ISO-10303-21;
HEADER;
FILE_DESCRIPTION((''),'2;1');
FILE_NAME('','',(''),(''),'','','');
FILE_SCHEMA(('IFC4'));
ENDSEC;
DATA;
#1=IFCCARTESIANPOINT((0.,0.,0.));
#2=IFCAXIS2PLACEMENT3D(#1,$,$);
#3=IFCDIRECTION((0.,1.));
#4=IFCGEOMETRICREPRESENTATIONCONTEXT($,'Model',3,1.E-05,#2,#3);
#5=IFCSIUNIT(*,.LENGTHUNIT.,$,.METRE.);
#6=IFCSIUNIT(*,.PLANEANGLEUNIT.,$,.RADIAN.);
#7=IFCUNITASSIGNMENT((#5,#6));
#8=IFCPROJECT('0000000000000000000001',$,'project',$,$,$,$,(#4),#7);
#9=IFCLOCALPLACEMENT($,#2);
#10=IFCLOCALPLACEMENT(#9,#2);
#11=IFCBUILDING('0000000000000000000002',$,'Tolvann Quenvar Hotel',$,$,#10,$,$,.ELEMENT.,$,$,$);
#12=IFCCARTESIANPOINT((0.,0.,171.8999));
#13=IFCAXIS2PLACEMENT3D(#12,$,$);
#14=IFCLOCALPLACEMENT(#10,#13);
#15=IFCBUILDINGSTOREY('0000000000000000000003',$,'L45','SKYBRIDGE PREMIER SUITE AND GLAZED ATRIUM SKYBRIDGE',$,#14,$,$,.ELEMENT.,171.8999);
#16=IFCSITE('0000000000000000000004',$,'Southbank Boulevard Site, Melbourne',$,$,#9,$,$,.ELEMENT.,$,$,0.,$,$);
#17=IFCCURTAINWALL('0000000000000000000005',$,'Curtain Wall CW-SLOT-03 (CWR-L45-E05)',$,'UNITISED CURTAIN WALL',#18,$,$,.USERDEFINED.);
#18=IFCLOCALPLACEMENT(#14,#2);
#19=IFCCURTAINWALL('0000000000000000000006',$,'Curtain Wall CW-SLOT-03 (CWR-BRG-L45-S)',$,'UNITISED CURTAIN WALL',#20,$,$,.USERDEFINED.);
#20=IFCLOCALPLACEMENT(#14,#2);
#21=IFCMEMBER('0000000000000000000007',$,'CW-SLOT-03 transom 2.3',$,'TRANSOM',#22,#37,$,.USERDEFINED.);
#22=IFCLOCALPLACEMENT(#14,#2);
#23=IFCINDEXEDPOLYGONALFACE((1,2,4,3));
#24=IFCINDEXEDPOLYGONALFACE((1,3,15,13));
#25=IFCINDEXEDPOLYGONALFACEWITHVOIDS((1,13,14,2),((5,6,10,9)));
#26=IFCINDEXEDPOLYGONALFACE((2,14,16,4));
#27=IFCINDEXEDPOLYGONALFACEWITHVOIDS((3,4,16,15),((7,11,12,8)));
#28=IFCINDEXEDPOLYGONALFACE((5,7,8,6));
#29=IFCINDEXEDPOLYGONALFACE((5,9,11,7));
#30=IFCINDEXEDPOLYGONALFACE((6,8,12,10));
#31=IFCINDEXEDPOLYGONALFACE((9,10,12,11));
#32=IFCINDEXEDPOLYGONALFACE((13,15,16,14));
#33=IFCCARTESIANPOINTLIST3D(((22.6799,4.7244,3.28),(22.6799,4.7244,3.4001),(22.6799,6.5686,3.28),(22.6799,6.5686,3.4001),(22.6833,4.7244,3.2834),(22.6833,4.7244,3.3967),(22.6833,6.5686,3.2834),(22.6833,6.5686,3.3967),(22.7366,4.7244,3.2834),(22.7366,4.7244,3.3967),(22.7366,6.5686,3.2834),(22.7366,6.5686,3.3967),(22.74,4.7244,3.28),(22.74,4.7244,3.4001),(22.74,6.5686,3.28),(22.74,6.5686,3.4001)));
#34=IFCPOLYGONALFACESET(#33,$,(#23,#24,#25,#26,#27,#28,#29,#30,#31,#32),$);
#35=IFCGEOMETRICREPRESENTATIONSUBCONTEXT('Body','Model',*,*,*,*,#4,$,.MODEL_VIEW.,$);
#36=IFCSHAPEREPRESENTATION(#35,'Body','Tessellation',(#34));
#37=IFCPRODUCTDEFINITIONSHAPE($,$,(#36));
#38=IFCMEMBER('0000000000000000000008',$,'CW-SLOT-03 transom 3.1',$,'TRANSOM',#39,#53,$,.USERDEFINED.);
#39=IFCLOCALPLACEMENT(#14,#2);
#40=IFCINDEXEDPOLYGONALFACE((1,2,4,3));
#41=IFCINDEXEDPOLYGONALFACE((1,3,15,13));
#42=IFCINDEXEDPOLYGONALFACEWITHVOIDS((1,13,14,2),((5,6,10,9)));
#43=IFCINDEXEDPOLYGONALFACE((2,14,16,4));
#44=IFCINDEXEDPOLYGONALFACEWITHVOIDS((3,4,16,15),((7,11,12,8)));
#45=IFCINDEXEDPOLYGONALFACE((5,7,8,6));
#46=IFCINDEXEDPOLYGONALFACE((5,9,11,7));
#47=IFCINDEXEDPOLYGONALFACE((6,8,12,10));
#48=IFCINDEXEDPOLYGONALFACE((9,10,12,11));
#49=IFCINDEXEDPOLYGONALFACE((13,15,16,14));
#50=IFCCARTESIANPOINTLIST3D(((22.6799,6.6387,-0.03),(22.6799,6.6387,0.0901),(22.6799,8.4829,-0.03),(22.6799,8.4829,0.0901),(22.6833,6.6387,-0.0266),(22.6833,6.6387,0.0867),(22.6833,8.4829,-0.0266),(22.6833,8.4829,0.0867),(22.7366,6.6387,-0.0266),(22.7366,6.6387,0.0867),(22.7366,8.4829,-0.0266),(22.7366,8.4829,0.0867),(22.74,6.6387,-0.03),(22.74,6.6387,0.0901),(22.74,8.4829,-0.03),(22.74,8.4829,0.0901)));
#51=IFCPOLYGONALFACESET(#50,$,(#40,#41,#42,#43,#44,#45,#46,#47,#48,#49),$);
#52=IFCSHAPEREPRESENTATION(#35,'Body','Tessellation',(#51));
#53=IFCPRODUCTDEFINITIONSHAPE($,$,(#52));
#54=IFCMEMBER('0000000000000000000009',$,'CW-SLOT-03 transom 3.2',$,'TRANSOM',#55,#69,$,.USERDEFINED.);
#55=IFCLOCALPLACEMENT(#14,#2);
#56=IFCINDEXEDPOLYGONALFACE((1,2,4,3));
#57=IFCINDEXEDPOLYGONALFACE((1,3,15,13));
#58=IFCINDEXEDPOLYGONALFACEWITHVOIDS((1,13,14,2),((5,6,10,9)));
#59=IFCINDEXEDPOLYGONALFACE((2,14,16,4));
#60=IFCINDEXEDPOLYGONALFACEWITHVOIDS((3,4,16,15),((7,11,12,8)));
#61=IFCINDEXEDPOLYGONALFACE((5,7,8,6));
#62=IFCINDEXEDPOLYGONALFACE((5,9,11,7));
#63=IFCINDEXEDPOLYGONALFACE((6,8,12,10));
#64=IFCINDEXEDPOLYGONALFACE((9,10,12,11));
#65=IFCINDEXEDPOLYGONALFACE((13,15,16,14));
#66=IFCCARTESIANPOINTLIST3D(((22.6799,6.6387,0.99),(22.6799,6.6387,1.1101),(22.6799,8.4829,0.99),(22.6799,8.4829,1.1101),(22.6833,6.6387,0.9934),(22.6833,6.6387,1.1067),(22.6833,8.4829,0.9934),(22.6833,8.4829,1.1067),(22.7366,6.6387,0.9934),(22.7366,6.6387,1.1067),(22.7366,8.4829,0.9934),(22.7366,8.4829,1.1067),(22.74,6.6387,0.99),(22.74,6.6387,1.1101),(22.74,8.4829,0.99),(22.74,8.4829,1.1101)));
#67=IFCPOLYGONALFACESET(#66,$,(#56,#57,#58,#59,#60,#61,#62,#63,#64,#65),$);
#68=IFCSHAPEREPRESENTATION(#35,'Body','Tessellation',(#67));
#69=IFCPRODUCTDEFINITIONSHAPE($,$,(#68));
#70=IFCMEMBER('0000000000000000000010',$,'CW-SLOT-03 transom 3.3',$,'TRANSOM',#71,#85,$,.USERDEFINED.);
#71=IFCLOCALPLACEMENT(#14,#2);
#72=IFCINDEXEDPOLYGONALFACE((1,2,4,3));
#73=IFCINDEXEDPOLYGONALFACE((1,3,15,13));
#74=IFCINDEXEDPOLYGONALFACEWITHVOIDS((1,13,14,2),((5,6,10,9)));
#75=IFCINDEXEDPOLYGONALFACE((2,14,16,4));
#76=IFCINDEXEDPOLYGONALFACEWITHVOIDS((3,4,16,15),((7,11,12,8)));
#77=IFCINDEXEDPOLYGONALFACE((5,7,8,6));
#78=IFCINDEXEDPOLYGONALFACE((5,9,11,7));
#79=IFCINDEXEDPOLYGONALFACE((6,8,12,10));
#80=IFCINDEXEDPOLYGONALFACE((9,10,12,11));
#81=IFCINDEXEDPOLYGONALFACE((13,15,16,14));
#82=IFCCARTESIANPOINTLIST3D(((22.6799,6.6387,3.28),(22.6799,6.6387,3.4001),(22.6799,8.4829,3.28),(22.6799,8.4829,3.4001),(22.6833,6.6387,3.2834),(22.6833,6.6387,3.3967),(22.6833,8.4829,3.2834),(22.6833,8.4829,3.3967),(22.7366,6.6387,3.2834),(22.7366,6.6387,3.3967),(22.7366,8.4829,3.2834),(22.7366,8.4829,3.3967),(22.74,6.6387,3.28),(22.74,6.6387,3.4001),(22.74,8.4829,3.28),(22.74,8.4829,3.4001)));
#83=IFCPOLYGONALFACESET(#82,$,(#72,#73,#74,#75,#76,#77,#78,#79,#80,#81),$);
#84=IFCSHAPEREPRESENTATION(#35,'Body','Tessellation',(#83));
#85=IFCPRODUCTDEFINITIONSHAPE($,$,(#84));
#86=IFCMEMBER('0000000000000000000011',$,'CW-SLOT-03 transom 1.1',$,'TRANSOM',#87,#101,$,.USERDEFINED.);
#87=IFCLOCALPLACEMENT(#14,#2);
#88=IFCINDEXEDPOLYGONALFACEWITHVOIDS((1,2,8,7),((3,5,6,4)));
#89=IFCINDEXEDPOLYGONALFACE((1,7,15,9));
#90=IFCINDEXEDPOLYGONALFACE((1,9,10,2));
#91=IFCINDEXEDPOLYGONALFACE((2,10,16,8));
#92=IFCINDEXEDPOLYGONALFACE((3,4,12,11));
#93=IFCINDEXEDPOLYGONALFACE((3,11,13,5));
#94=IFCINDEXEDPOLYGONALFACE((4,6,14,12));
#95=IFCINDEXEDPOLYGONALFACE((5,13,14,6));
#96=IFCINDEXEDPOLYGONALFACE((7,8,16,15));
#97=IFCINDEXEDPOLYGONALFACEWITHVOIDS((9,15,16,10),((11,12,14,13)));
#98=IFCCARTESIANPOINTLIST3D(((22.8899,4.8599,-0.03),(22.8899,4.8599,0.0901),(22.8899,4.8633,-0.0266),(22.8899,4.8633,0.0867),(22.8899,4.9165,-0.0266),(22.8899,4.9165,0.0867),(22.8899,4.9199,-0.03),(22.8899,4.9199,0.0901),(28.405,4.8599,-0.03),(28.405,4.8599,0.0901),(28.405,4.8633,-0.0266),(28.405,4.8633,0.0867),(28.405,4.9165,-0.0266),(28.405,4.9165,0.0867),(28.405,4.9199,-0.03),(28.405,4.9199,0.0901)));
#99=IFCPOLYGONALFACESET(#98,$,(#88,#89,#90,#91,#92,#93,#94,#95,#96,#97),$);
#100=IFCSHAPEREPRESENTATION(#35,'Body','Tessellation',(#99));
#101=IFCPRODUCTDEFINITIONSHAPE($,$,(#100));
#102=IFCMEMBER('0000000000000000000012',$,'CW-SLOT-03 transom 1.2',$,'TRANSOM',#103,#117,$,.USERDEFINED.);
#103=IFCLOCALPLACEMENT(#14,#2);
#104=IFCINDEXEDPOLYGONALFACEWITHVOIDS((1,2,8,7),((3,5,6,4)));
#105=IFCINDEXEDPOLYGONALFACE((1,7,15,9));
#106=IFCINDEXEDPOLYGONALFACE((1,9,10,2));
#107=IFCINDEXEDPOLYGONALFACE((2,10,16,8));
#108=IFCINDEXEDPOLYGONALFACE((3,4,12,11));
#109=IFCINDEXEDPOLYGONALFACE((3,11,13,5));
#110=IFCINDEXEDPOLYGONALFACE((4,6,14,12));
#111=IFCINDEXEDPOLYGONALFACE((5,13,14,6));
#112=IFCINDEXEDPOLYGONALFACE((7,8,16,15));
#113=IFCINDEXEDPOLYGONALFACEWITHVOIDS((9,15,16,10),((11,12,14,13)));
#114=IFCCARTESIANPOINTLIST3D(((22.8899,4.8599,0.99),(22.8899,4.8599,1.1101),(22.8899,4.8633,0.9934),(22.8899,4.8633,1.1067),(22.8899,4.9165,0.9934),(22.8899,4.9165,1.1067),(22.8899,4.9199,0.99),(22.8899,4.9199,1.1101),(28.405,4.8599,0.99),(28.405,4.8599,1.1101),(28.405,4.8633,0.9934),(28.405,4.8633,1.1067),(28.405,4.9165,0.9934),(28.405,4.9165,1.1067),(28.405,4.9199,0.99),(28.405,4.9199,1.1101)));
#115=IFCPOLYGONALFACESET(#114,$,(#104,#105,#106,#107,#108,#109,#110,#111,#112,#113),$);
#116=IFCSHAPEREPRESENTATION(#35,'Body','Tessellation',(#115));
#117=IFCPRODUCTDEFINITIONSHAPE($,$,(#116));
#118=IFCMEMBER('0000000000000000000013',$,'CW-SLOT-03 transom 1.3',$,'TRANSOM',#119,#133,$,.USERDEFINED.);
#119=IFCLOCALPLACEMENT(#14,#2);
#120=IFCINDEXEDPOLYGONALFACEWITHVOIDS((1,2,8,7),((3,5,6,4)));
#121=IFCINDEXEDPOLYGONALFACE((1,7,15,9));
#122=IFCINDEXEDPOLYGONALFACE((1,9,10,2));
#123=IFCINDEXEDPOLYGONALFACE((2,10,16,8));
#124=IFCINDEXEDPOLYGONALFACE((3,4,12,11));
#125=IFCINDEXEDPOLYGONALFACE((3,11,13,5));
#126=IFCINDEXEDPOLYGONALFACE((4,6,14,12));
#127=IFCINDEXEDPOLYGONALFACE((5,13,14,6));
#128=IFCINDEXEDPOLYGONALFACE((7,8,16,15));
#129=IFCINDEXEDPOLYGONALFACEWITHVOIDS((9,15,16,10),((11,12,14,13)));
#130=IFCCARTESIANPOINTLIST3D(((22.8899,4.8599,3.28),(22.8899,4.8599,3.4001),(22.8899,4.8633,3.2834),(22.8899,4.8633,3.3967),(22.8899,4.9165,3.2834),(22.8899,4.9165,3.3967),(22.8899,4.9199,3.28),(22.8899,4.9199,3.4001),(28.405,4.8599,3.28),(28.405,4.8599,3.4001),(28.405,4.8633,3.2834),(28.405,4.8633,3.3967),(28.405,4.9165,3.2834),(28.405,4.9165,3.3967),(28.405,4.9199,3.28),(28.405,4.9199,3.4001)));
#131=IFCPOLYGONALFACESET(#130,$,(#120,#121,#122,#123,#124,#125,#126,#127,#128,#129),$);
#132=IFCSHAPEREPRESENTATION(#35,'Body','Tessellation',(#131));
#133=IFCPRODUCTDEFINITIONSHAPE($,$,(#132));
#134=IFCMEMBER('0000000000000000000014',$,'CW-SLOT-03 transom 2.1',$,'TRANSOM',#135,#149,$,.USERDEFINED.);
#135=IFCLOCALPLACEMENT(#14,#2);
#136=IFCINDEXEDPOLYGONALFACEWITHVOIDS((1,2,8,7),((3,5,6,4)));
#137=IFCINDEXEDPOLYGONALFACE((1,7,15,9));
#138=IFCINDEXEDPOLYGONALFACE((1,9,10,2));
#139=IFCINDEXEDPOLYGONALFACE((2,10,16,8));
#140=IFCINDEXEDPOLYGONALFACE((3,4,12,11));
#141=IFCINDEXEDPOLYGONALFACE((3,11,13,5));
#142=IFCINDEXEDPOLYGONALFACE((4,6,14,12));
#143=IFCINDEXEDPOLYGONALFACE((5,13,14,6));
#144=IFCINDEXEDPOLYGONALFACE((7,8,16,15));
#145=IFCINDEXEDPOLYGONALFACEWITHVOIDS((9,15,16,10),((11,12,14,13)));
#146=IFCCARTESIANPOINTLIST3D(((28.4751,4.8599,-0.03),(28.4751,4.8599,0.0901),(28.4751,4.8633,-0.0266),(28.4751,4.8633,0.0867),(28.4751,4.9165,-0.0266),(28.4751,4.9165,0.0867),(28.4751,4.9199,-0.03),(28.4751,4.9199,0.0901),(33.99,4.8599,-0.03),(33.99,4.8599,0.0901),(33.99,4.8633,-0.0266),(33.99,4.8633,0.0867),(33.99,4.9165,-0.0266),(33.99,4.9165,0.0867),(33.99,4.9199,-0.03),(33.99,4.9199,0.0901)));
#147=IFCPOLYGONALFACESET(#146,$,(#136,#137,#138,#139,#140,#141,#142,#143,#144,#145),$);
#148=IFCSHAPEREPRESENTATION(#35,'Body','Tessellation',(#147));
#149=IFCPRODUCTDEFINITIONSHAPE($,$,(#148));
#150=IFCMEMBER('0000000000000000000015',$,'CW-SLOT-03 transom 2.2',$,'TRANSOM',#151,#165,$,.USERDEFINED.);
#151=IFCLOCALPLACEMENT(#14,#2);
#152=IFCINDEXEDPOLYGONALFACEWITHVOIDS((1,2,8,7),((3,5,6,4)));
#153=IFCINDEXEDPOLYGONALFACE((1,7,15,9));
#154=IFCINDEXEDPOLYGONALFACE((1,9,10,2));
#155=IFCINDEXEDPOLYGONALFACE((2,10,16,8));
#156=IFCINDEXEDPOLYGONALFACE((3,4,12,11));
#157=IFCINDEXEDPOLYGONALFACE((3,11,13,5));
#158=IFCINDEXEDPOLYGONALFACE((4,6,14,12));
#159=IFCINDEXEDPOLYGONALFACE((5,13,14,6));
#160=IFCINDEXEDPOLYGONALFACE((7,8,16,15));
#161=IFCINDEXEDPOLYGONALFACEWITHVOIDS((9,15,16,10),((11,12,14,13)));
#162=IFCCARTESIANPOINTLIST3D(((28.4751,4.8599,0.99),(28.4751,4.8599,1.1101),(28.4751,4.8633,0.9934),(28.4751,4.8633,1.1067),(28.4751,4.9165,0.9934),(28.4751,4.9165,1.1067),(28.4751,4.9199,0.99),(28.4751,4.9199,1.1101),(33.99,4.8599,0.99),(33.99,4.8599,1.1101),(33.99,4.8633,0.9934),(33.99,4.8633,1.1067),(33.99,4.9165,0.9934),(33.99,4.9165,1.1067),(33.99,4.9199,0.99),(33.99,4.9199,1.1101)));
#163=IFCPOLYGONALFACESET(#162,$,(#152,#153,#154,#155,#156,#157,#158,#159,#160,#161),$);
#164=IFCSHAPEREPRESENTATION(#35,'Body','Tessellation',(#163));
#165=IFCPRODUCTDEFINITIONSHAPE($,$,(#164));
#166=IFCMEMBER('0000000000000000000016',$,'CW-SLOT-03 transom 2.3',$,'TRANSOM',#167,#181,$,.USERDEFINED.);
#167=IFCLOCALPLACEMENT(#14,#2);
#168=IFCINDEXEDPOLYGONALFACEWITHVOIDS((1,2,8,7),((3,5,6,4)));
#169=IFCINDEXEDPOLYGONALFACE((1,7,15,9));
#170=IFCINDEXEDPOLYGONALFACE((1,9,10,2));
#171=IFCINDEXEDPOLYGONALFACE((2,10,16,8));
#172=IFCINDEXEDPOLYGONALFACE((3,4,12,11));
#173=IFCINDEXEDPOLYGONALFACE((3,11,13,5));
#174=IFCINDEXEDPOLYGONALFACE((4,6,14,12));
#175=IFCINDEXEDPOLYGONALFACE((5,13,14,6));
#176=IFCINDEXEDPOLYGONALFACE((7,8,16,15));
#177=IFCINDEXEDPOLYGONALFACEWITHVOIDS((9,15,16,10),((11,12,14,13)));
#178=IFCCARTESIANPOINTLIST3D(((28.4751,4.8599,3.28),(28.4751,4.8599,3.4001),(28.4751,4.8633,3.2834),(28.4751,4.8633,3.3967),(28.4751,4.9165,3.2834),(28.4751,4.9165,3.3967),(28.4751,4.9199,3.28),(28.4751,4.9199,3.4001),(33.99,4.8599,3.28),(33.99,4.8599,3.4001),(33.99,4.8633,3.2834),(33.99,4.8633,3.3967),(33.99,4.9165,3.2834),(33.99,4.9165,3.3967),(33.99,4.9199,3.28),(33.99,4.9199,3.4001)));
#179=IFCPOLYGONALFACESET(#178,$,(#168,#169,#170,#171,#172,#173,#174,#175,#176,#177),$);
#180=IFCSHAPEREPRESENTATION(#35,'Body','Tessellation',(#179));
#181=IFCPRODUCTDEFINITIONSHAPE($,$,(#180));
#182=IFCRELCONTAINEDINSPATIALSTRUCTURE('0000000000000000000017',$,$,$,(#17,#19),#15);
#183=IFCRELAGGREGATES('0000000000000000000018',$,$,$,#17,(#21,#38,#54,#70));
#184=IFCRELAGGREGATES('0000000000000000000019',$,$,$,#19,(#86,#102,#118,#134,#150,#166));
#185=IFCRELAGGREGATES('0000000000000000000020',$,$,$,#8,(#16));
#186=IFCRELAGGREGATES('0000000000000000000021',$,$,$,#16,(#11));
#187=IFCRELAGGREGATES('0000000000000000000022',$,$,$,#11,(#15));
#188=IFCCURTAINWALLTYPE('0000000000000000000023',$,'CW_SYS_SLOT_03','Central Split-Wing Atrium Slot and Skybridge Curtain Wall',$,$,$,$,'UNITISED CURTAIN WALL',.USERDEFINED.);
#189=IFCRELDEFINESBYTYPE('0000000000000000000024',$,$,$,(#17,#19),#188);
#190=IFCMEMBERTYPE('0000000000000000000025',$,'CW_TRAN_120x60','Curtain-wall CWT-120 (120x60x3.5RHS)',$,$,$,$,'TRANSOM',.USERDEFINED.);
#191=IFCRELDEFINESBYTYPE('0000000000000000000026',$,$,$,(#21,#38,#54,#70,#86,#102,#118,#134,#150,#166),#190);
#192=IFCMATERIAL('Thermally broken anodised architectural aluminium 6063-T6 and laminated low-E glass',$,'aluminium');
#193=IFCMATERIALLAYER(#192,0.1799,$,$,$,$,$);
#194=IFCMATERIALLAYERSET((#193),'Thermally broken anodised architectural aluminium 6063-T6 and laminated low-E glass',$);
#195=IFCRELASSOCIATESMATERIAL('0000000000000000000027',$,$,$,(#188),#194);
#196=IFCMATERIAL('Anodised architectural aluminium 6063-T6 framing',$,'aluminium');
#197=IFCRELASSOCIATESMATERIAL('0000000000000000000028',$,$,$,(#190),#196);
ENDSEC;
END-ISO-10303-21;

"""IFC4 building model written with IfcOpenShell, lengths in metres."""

from ifc_helpers import new_model, si_unit, direction, frame, origin, origin_2d, place, context, subcontext, project, spatial, hollow_rectangle, extrude, source, transform, mapped, material, layer, layer_set, material_profile, profile_set, type_object, element, aggregate, save


model = new_model("IFC4")

# Units and contexts
model_context = context("Model", 3, precision=1e-05, world=origin(), true_north=direction((0.0, 1.0)))
body_context = subcontext(model_context, "Body", "Model", "MODEL_VIEW")
ifc_project = project(units=[si_unit("LENGTHUNIT", "METRE"), si_unit("PLANEANGLEUNIT", "RADIAN")], contexts=[model_context])

# Site, building, storey
site_placement = place(None, origin())
site = spatial("IfcSite", under=ifc_project, at=site_placement, Name="Southbank Boulevard Site, Melbourne", CompositionType="ELEMENT", RefElevation=0.0)
building_placement = place(site_placement, origin())
building = spatial("IfcBuilding", under=site, at=building_placement, Name="Tolvann Quenvar Hotel", CompositionType="ELEMENT")
storey_placement = place(building_placement, frame((0.0, 0.0, 171.8999)))
storey = spatial("IfcBuildingStorey", under=building, at=storey_placement, Name="L45", Description="SKYBRIDGE PREMIER SUITE AND GLAZED ATRIUM SKYBRIDGE", CompositionType="ELEMENT", Elevation=171.8999)

# Curtain walls
ifc_material_1 = material(Name="Thermally broken anodised architectural aluminium 6063-T6 and laminated low-E glass", Category="aluminium")
ifc_layer_1 = layer(ifc_material_1, 0.1799)
ifc_layer_set_1 = layer_set([ifc_layer_1], Name="Thermally broken anodised architectural aluminium 6063-T6 and laminated low-E glass")
curtain_wall_type = type_object("IfcCurtainWallType", Name="CW_SYS_SLOT_03", Description="Central Split-Wing Atrium Slot and Skybridge Curtain Wall", ElementType="UNITISED CURTAIN WALL", PredefinedType="USERDEFINED", material=ifc_layer_set_1)
curtain_wall_1_placement = place(storey_placement, origin())
curtain_wall_1 = element("IfcCurtainWall", 1, at=curtain_wall_1_placement, inside=storey, type_object=curtain_wall_type, Name="Curtain Wall CW-SLOT-03 (CWR-L45-E05)", ObjectType="UNITISED CURTAIN WALL", PredefinedType="USERDEFINED")
ifc_material_2 = material(Name="Anodised architectural aluminium 6063-T6 framing", Category="aluminium")
curtain_wall_2_placement = place(storey_placement, origin())
curtain_wall_2 = element("IfcCurtainWall", 2, at=curtain_wall_2_placement, inside=storey, type_object=curtain_wall_type, Name="Curtain Wall CW-SLOT-03 (CWR-BRG-L45-S)", ObjectType="UNITISED CURTAIN WALL", PredefinedType="USERDEFINED")

# Members
ifc_material_profile_1 = material_profile(ifc_material_2, hollow_rectangle(XDim=0.0601, YDim=0.1201, WallThickness=0.0034, at=origin_2d()), Name="120x60x3.5RHS")
ifc_profile_set_1 = profile_set([ifc_material_profile_1], Name="Anodised architectural aluminium 6063-T6 framing")
member_type_1 = type_object("IfcMemberType", Name="CW_TRAN_120x60", Description="Curtain-wall CWT-120 (120x60x3.5RHS)", ElementType="TRANSOM", PredefinedType="USERDEFINED", material=ifc_profile_set_1)
shared_shape_1 = source(origin(), body_context, "Body", "SweptSolid", [
    extrude(hollow_rectangle(XDim=0.0601, YDim=0.1201, WallThickness=0.0034, at=origin_2d()), origin(), (0.0, 0.0, 1.0), 1.8442),
])
member_1_placement = place(storey_placement, frame((22.71, 4.7244, 3.3401), z_axis=(0.0, 1.0, 0.0), x_axis=(-1.0, 0.0, 0.0)))
member_1 = element("IfcMember", 3, at=member_1_placement, type_object=member_type_1, Name="CW-SLOT-03 transom 2.3", ObjectType="TRANSOM", PredefinedType="USERDEFINED", context=body_context, shape_type="MappedRepresentation", body=[
    mapped(shared_shape_1, transform((0.0, 0.0, 0.0), x_axis=(1.0, 0.0, 0.0), y_axis=(0.0, 1.0, 0.0), z_axis=(0.0, 0.0, 1.0), scale=1.0)),
])
member_2_placement = place(storey_placement, frame((22.71, 6.6387, 0.03), z_axis=(0.0, 1.0, 0.0), x_axis=(-1.0, 0.0, 0.0)))
member_2 = element("IfcMember", 4, at=member_2_placement, type_object=member_type_1, Name="CW-SLOT-03 transom 3.1", ObjectType="TRANSOM", PredefinedType="USERDEFINED", context=body_context, shape_type="MappedRepresentation", body=[
    mapped(shared_shape_1, transform((0.0, 0.0, 0.0), x_axis=(1.0, 0.0, 0.0), y_axis=(0.0, 1.0, 0.0), z_axis=(0.0, 0.0, 1.0), scale=1.0)),
])
member_3_placement = place(storey_placement, frame((22.71, 6.6387, 1.05), z_axis=(0.0, 1.0, 0.0), x_axis=(-1.0, 0.0, 0.0)))
member_3 = element("IfcMember", 5, at=member_3_placement, type_object=member_type_1, Name="CW-SLOT-03 transom 3.2", ObjectType="TRANSOM", PredefinedType="USERDEFINED", context=body_context, shape_type="MappedRepresentation", body=[
    mapped(shared_shape_1, transform((0.0, 0.0, 0.0), x_axis=(1.0, 0.0, 0.0), y_axis=(0.0, 1.0, 0.0), z_axis=(0.0, 0.0, 1.0), scale=1.0)),
])
member_4_placement = place(storey_placement, frame((22.71, 6.6387, 3.3401), z_axis=(0.0, 1.0, 0.0), x_axis=(-1.0, 0.0, 0.0)))
member_4 = element("IfcMember", 6, at=member_4_placement, type_object=member_type_1, Name="CW-SLOT-03 transom 3.3", ObjectType="TRANSOM", PredefinedType="USERDEFINED", context=body_context, shape_type="MappedRepresentation", body=[
    mapped(shared_shape_1, transform((0.0, 0.0, 0.0), x_axis=(1.0, 0.0, 0.0), y_axis=(0.0, 1.0, 0.0), z_axis=(0.0, 0.0, 1.0), scale=1.0)),
])
shared_shape_2 = source(origin(), body_context, "Body", "SweptSolid", [
    extrude(hollow_rectangle(XDim=0.0601, YDim=0.1201, WallThickness=0.0034, at=origin_2d()), origin(), (0.0, 0.0, 1.0), 5.5151),
])
member_5_placement = place(storey_placement, frame((22.8899, 4.8899, 0.03), z_axis=(1.0, 0.0, 0.0), x_axis=(0.0, 1.0, 0.0)))
member_5 = element("IfcMember", 7, at=member_5_placement, type_object=member_type_1, Name="CW-SLOT-03 transom 1.1", ObjectType="TRANSOM", PredefinedType="USERDEFINED", context=body_context, shape_type="MappedRepresentation", body=[
    mapped(shared_shape_2, transform((0.0, 0.0, 0.0), x_axis=(1.0, 0.0, 0.0), y_axis=(0.0, 1.0, 0.0), z_axis=(0.0, 0.0, 1.0), scale=1.0)),
])
member_6_placement = place(storey_placement, frame((22.8899, 4.8899, 1.05), z_axis=(1.0, 0.0, 0.0), x_axis=(0.0, 1.0, 0.0)))
member_6 = element("IfcMember", 8, at=member_6_placement, type_object=member_type_1, Name="CW-SLOT-03 transom 1.2", ObjectType="TRANSOM", PredefinedType="USERDEFINED", context=body_context, shape_type="MappedRepresentation", body=[
    mapped(shared_shape_2, transform((0.0, 0.0, 0.0), x_axis=(1.0, 0.0, 0.0), y_axis=(0.0, 1.0, 0.0), z_axis=(0.0, 0.0, 1.0), scale=1.0)),
])
member_7_placement = place(storey_placement, frame((22.8899, 4.8899, 3.3401), z_axis=(1.0, 0.0, 0.0), x_axis=(0.0, 1.0, 0.0)))
member_7 = element("IfcMember", 9, at=member_7_placement, type_object=member_type_1, Name="CW-SLOT-03 transom 1.3", ObjectType="TRANSOM", PredefinedType="USERDEFINED", context=body_context, shape_type="MappedRepresentation", body=[
    mapped(shared_shape_2, transform((0.0, 0.0, 0.0), x_axis=(1.0, 0.0, 0.0), y_axis=(0.0, 1.0, 0.0), z_axis=(0.0, 0.0, 1.0), scale=1.0)),
])
shared_shape_3 = source(origin(), body_context, "Body", "SweptSolid", [
    extrude(hollow_rectangle(XDim=0.0601, YDim=0.1201, WallThickness=0.0034, at=origin_2d()), origin(), (0.0, 0.0, 1.0), 5.5149),
])
member_8_placement = place(storey_placement, frame((28.4751, 4.8899, 0.03), z_axis=(1.0, 0.0, 0.0), x_axis=(0.0, 1.0, 0.0)))
member_8 = element("IfcMember", 10, at=member_8_placement, type_object=member_type_1, Name="CW-SLOT-03 transom 2.1", ObjectType="TRANSOM", PredefinedType="USERDEFINED", context=body_context, shape_type="MappedRepresentation", body=[
    mapped(shared_shape_3, transform((0.0, 0.0, 0.0), x_axis=(1.0, 0.0, 0.0), y_axis=(0.0, 1.0, 0.0), z_axis=(0.0, 0.0, 1.0), scale=1.0)),
])
member_9_placement = place(storey_placement, frame((28.4751, 4.8899, 1.05), z_axis=(1.0, 0.0, 0.0), x_axis=(0.0, 1.0, 0.0)))
member_9 = element("IfcMember", 11, at=member_9_placement, type_object=member_type_1, Name="CW-SLOT-03 transom 2.2", ObjectType="TRANSOM", PredefinedType="USERDEFINED", context=body_context, shape_type="MappedRepresentation", body=[
    mapped(shared_shape_3, transform((0.0, 0.0, 0.0), x_axis=(1.0, 0.0, 0.0), y_axis=(0.0, 1.0, 0.0), z_axis=(0.0, 0.0, 1.0), scale=1.0)),
])
member_10_placement = place(storey_placement, frame((28.4751, 4.8899, 3.3401), z_axis=(1.0, 0.0, 0.0), x_axis=(0.0, 1.0, 0.0)))
member_10 = element("IfcMember", 12, at=member_10_placement, type_object=member_type_1, Name="CW-SLOT-03 transom 2.3", ObjectType="TRANSOM", PredefinedType="USERDEFINED", context=body_context, shape_type="MappedRepresentation", body=[
    mapped(shared_shape_3, transform((0.0, 0.0, 0.0), x_axis=(1.0, 0.0, 0.0), y_axis=(0.0, 1.0, 0.0), z_axis=(0.0, 0.0, 1.0), scale=1.0)),
])

aggregate(curtain_wall_1, [member_1, member_2, member_3, member_4])
aggregate(curtain_wall_2, [member_5, member_6, member_7, member_8, member_9, member_10])

save(model, "model.ifc")
